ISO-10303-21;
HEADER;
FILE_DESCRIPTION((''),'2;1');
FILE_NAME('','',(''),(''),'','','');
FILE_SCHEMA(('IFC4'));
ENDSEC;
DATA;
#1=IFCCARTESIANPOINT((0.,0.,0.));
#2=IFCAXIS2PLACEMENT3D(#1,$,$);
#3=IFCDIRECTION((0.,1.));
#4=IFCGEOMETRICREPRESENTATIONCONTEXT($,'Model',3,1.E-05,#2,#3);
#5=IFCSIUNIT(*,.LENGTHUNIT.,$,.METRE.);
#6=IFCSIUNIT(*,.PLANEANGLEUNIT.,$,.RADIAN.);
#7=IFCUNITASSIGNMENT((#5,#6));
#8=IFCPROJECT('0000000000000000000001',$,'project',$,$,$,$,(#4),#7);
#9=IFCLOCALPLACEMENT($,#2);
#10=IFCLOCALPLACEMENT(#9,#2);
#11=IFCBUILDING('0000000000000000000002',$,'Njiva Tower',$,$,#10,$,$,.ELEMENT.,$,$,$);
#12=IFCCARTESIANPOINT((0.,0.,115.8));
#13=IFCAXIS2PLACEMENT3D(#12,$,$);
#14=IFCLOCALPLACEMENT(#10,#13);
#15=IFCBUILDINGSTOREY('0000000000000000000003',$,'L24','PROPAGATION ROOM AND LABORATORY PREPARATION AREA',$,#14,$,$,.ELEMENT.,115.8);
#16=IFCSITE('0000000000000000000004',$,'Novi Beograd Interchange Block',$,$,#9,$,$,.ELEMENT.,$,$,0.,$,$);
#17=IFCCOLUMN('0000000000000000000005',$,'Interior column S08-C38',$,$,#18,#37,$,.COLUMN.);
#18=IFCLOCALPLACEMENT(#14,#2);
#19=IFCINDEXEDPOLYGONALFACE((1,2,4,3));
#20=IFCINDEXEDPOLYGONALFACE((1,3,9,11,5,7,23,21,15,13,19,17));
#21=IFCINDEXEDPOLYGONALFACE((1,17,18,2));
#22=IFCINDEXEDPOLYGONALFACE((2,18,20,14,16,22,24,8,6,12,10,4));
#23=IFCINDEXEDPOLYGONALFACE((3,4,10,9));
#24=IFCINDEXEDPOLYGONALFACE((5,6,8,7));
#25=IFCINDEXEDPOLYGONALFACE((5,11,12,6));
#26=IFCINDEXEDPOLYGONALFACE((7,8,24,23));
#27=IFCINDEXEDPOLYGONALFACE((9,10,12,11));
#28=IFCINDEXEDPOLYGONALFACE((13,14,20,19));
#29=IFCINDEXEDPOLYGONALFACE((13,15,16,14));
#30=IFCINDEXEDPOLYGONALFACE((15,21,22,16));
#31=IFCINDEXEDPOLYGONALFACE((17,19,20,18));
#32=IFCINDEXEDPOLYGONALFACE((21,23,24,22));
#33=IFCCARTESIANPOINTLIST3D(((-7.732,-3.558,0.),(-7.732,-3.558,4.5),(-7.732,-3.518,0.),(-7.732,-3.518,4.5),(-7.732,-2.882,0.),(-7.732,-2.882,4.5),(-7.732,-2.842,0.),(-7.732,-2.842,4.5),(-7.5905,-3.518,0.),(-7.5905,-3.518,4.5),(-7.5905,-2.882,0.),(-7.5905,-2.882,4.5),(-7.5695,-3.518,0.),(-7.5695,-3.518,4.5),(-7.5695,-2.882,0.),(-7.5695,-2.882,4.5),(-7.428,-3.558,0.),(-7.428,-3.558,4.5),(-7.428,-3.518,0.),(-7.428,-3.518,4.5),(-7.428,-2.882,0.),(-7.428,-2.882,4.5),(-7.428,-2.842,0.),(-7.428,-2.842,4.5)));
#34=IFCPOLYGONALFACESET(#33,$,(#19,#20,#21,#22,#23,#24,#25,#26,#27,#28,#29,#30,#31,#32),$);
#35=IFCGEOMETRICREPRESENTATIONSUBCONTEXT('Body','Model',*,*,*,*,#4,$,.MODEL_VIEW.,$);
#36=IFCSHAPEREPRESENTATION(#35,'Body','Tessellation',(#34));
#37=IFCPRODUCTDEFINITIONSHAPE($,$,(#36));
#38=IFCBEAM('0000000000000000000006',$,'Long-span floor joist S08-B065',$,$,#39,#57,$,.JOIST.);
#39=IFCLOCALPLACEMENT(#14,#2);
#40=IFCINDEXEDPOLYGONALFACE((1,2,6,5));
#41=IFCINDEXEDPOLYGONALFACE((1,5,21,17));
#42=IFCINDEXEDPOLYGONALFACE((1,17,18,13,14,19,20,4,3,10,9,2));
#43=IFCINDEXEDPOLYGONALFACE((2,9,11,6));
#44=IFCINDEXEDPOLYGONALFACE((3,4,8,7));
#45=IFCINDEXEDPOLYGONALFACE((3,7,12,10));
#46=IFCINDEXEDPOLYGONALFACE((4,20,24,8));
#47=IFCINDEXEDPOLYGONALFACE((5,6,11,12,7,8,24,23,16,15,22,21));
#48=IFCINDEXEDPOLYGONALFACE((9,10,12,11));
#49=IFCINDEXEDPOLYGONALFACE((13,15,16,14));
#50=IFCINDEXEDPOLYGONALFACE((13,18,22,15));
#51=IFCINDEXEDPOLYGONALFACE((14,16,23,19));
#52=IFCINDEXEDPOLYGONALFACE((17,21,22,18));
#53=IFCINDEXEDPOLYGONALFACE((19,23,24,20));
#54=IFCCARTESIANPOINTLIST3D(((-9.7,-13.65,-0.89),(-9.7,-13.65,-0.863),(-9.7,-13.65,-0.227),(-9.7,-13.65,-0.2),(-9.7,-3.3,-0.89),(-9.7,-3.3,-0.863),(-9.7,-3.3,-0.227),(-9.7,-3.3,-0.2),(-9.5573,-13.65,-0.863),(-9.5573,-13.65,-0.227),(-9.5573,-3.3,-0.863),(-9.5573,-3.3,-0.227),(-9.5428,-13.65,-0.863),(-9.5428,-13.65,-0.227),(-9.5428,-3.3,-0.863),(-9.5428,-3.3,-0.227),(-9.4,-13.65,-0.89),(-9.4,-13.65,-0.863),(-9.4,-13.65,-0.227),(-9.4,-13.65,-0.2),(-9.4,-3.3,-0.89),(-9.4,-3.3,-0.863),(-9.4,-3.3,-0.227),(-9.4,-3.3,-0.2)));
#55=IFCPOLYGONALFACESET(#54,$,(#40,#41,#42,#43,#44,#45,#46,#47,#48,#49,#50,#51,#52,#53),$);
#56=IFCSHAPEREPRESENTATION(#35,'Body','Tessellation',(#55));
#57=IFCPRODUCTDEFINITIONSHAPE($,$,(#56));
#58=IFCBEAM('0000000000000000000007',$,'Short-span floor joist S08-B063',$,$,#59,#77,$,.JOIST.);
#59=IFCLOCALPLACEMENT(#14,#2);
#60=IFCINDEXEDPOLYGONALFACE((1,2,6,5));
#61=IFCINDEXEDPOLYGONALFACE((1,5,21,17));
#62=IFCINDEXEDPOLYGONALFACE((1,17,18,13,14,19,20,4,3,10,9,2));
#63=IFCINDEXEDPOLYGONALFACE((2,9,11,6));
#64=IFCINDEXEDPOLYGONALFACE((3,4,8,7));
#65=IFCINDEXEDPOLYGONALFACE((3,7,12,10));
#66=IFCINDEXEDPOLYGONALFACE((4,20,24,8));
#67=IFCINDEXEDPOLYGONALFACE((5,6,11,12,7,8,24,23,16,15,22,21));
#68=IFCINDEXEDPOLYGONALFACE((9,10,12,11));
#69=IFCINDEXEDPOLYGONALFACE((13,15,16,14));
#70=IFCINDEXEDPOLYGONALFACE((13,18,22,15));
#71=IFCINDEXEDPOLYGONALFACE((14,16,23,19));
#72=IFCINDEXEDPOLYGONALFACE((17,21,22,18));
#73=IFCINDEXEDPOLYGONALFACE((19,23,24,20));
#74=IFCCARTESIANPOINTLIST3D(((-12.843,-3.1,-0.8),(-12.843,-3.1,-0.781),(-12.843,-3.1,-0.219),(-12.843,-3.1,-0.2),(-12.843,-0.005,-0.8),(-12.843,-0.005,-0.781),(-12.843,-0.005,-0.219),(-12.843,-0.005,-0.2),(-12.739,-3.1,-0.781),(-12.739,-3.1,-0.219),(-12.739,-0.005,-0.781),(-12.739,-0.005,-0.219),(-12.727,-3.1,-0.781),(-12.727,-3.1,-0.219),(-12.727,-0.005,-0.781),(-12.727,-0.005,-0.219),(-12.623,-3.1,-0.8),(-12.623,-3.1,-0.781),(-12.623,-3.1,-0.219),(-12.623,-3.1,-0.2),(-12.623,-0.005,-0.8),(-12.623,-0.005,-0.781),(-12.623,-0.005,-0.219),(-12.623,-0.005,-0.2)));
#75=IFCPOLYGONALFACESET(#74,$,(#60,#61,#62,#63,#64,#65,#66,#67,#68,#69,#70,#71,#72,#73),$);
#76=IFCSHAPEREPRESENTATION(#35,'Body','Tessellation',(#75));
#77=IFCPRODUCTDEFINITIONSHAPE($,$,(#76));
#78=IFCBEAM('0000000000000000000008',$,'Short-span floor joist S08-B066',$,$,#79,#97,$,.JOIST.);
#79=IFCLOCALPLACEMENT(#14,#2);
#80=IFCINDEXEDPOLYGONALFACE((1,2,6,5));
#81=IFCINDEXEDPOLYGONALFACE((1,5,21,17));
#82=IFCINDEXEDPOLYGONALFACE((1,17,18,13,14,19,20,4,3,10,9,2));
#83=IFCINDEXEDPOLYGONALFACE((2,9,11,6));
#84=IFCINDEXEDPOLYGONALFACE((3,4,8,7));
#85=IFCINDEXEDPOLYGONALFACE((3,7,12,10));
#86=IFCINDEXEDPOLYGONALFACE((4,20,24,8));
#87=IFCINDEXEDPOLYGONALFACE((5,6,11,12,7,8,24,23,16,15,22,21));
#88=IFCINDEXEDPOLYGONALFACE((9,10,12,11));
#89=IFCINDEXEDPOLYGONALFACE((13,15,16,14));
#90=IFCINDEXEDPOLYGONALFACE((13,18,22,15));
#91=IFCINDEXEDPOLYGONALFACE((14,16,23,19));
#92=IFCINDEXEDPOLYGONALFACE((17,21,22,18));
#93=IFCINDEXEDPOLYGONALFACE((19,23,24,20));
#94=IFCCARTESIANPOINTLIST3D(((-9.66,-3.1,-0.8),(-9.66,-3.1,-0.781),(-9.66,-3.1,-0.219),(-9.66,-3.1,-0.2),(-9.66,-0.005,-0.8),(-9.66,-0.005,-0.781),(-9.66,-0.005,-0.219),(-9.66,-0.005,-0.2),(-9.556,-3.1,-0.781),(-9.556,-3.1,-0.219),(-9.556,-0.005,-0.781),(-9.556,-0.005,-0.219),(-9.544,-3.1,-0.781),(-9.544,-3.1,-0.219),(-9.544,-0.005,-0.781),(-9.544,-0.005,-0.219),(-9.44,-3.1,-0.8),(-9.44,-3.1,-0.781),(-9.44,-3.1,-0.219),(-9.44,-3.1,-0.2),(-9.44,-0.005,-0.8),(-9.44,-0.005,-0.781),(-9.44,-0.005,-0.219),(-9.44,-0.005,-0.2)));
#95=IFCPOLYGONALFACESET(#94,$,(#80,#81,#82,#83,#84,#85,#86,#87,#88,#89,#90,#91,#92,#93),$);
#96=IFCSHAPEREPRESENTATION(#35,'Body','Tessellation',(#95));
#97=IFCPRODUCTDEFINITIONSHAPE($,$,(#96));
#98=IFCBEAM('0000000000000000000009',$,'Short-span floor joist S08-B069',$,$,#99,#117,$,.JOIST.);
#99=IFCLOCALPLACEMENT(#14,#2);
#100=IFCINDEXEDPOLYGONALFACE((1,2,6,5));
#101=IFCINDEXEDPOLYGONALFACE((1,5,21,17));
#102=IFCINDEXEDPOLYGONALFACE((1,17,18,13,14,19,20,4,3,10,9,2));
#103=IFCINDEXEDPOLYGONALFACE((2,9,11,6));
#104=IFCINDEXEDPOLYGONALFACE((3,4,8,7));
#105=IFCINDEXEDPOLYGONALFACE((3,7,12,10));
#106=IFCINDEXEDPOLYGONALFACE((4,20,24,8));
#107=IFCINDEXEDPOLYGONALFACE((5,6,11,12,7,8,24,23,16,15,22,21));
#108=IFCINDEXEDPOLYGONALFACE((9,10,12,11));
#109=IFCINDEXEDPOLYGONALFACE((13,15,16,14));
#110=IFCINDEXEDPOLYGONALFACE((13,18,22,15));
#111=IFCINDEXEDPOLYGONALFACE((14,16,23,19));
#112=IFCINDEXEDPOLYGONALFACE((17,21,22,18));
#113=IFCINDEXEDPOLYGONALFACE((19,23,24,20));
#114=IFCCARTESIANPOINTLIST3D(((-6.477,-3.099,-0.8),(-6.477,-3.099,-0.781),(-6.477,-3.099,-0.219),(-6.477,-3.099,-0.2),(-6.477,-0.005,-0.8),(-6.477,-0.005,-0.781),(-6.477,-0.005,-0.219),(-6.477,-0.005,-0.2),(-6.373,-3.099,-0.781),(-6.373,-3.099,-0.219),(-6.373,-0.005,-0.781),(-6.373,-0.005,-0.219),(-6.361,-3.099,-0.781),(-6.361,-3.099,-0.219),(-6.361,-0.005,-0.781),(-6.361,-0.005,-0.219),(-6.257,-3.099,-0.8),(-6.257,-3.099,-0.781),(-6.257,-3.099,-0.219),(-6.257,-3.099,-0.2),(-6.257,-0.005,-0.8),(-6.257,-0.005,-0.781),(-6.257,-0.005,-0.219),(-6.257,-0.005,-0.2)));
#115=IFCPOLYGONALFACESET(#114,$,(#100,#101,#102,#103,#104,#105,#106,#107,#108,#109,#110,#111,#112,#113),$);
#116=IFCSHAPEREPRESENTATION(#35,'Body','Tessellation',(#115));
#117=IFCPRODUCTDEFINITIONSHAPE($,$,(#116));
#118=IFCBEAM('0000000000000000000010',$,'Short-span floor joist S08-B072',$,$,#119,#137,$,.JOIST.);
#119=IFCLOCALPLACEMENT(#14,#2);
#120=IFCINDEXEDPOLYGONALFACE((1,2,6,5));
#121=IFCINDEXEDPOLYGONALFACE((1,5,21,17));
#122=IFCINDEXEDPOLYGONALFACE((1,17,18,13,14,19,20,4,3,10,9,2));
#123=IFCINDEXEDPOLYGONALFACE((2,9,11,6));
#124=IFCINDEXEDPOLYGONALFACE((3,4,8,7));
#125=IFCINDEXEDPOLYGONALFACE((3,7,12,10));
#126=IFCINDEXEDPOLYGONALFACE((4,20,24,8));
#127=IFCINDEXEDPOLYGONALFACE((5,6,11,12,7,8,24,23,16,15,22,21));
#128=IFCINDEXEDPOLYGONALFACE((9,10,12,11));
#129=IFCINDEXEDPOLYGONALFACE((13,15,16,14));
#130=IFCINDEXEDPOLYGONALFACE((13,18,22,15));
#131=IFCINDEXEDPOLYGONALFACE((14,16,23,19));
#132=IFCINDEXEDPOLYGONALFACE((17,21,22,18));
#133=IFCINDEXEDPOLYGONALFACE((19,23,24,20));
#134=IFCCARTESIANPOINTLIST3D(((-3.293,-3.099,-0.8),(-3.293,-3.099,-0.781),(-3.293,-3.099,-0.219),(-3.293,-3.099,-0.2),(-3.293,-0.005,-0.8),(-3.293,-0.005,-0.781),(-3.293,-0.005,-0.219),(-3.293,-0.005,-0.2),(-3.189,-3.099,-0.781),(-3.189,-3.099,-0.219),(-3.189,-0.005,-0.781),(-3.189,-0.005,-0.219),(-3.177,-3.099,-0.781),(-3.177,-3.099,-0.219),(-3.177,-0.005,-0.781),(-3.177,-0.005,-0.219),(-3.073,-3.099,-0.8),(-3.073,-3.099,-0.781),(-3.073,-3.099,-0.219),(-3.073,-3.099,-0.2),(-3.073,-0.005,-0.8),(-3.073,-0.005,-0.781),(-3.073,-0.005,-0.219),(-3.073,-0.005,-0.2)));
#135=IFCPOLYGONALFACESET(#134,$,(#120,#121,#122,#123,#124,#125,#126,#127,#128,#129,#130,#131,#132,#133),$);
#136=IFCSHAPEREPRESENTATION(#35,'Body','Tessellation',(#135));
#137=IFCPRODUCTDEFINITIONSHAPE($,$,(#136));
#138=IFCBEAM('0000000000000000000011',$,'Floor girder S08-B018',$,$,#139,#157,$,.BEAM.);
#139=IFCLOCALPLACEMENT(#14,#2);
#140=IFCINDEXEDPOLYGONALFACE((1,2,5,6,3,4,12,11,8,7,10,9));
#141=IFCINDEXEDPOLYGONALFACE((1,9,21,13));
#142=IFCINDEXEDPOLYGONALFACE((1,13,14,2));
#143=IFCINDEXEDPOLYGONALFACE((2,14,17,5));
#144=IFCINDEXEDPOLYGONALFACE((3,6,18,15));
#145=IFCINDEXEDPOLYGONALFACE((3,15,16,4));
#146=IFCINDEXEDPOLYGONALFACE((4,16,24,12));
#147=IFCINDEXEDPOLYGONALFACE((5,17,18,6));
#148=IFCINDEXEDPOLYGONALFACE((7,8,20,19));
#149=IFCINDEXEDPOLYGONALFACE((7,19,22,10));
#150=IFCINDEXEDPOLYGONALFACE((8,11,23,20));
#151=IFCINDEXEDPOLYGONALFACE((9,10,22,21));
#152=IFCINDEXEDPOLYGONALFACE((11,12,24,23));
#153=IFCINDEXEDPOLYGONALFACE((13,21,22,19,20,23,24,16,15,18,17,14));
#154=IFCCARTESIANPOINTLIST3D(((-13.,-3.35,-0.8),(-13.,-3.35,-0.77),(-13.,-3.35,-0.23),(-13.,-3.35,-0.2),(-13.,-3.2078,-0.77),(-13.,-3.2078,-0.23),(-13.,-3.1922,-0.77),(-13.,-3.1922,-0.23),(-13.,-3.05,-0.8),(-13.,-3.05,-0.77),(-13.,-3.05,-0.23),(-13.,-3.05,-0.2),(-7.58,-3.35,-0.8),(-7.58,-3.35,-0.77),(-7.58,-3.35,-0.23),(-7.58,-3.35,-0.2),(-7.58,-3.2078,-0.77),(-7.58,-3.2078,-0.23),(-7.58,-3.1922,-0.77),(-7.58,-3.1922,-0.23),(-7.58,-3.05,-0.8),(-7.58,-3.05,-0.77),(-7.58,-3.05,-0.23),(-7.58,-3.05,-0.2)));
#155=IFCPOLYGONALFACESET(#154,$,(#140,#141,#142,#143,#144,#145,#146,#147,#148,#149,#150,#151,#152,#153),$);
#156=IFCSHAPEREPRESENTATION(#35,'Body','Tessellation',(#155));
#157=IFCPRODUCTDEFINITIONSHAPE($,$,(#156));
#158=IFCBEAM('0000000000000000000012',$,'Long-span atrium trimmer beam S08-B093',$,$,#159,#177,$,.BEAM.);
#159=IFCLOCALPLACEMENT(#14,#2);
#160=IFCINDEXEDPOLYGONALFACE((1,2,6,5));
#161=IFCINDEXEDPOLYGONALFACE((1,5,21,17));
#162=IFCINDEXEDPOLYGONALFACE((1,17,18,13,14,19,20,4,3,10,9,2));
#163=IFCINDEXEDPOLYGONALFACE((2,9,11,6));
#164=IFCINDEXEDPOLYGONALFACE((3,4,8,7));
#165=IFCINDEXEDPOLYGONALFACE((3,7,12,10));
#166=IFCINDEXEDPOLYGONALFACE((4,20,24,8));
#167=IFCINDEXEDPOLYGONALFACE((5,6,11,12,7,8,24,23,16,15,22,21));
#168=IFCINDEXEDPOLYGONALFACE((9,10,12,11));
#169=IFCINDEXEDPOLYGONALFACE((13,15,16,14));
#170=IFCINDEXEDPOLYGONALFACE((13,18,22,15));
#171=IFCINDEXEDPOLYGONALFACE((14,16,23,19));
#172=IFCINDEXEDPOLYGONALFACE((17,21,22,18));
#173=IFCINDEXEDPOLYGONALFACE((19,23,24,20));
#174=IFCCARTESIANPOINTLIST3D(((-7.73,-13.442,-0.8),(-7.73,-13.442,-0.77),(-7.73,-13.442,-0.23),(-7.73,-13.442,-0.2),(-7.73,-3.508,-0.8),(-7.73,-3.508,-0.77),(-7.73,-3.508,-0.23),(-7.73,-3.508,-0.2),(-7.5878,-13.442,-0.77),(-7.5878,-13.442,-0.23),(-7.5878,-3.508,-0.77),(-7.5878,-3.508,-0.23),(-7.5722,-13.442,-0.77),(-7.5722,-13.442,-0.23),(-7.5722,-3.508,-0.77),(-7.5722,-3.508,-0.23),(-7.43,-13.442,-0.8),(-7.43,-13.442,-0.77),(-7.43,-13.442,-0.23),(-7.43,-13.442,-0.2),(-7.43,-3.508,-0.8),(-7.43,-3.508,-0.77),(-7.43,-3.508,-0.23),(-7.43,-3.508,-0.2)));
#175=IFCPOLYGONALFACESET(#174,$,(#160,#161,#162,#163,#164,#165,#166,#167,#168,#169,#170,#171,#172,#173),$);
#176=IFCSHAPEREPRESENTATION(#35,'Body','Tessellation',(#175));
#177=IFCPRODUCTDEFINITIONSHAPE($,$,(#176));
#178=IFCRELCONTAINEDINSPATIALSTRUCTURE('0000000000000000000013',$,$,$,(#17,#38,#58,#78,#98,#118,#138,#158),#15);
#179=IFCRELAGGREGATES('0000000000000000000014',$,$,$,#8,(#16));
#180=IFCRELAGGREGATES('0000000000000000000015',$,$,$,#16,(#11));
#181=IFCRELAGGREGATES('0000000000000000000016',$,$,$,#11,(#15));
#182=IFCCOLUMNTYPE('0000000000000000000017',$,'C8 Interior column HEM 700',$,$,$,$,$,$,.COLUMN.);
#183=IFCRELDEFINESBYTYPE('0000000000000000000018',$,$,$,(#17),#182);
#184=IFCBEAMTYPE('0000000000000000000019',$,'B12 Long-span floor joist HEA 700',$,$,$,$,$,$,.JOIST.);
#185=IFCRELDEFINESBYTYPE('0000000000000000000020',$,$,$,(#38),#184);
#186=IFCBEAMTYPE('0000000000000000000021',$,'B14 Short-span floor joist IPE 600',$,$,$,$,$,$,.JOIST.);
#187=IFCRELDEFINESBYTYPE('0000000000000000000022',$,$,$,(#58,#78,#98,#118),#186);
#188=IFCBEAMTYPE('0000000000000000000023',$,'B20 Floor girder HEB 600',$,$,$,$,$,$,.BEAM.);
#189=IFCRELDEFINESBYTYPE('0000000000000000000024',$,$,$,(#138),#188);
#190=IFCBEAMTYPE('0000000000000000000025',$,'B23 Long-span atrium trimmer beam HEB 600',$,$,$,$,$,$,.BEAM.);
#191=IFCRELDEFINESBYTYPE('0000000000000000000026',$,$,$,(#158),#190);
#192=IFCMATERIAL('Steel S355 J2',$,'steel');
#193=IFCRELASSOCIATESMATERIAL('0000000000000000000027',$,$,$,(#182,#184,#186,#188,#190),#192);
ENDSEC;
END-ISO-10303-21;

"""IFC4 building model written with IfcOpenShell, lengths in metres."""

from ifc_helpers import new_model, si_unit, direction, frame, origin, origin_2d, place, context, subcontext, project, spatial, i_section, extrude, material, material_profile, profile_set, type_object, element, save


model = new_model("IFC4")

# Units and contexts
model_context = context("Model", 3, precision=1e-05, world=origin(), true_north=direction((0.0, 1.0)))
body_context = subcontext(model_context, "Body", "Model", "MODEL_VIEW")
ifc_project = project(units=[si_unit("LENGTHUNIT", "METRE"), si_unit("PLANEANGLEUNIT", "RADIAN")], contexts=[model_context])

# Site, building, storey
site_placement = place(None, origin())
site = spatial("IfcSite", under=ifc_project, at=site_placement, Name="Novi Beograd Interchange Block", CompositionType="ELEMENT", RefElevation=0.0)
building_placement = place(site_placement, origin())
building = spatial("IfcBuilding", under=site, at=building_placement, Name="Njiva Tower", CompositionType="ELEMENT")
storey_placement = place(building_placement, frame((0.0, 0.0, 115.8)))
storey = spatial("IfcBuildingStorey", under=building, at=storey_placement, Name="L24", Description="PROPAGATION ROOM AND LABORATORY PREPARATION AREA", CompositionType="ELEMENT", Elevation=115.8)

# Column
ifc_material_1 = material(Name="Steel S355 J2", Category="steel")
ifc_material_profile_1 = material_profile(ifc_material_1, i_section(OverallWidth=0.304, OverallDepth=0.716, WebThickness=0.021, FlangeThickness=0.04, at=origin_2d()), Name="HEM 700")
ifc_profile_set_1 = profile_set([ifc_material_profile_1], Name="Steel S355 J2")
column_type = type_object("IfcColumnType", Name="C8 Interior column HEM 700", PredefinedType="COLUMN", material=ifc_profile_set_1)
column_placement = place(storey_placement, frame((-7.58, -3.2, 0.0), z_axis=(0.0, 0.0, 1.0), x_axis=(1.0, 0.0, 0.0)))
element("IfcColumn", 1, at=column_placement, inside=storey, type_object=column_type, Name="Interior column S08-C38", PredefinedType="COLUMN", context=body_context, shape_type="SweptSolid", body=[
    extrude(i_section(OverallWidth=0.304, OverallDepth=0.716, WebThickness=0.021, FlangeThickness=0.04, at=origin_2d()), origin(), (0.0, 0.0, 1.0), 4.5),
])

# Beams
ifc_material_profile_2 = material_profile(ifc_material_1, i_section(OverallWidth=0.3, OverallDepth=0.69, WebThickness=0.0145, FlangeThickness=0.027, at=origin_2d()), Name="HEA 700")
ifc_profile_set_2 = profile_set([ifc_material_profile_2], Name="Steel S355 J2")
beam_type_1 = type_object("IfcBeamType", Name="B12 Long-span floor joist HEA 700", PredefinedType="JOIST", material=ifc_profile_set_2)
beam_1_placement = place(storey_placement, frame((-9.55, -3.3, -0.545), z_axis=(0.0, -1.0, 0.0), x_axis=(1.0, 0.0, 0.0)))
element("IfcBeam", 2, at=beam_1_placement, inside=storey, type_object=beam_type_1, Name="Long-span floor joist S08-B065", PredefinedType="JOIST", context=body_context, shape_type="SweptSolid", body=[
    extrude(i_section(OverallWidth=0.3, OverallDepth=0.69, WebThickness=0.0145, FlangeThickness=0.027, at=origin_2d()), origin(), (0.0, 0.0, 1.0), 10.35),
])
ifc_material_profile_3 = material_profile(ifc_material_1, i_section(OverallWidth=0.22, OverallDepth=0.6, WebThickness=0.012, FlangeThickness=0.019, at=origin_2d()), Name="IPE 600")
ifc_profile_set_3 = profile_set([ifc_material_profile_3], Name="Steel S355 J2")
beam_type_2 = type_object("IfcBeamType", Name="B14 Short-span floor joist IPE 600", PredefinedType="JOIST", material=ifc_profile_set_3)
for number, where, z_axis, x_axis, name in (
    (3, (-12.733, -0.005, -0.5), (0.0, -1.0, 0.0), (1.0, 0.0, 0.0), "Short-span floor joist S08-B063"),
    (4, (-9.55, -0.005, -0.5), (0.0, -1.0, 0.0), (1.0, 0.0, 0.0), "Short-span floor joist S08-B066"),
):
    element("IfcBeam", number, at=place(storey_placement, frame(where, z_axis=z_axis, x_axis=x_axis)), inside=storey, type_object=beam_type_2, Name=name, PredefinedType="JOIST", context=body_context, shape_type="SweptSolid", body=[
        extrude(i_section(OverallWidth=0.22, OverallDepth=0.6, WebThickness=0.012, FlangeThickness=0.019, at=origin_2d()), origin(), (0.0, 0.0, 1.0), 3.095),
    ])
for number, where, z_axis, x_axis, name in (
    (5, (-6.367, -0.005, -0.5), (0.0, -1.0, 0.0), (1.0, 0.0, 0.0), "Short-span floor joist S08-B069"),
    (6, (-3.183, -0.005, -0.5), (0.0, -1.0, 0.0), (1.0, 0.0, 0.0), "Short-span floor joist S08-B072"),
):
    element("IfcBeam", number, at=place(storey_placement, frame(where, z_axis=z_axis, x_axis=x_axis)), inside=storey, type_object=beam_type_2, Name=name, PredefinedType="JOIST", context=body_context, shape_type="SweptSolid", body=[
        extrude(i_section(OverallWidth=0.22, OverallDepth=0.6, WebThickness=0.012, FlangeThickness=0.019, at=origin_2d()), origin(), (0.0, 0.0, 1.0), 3.094),
    ])
ifc_material_profile_4 = material_profile(ifc_material_1, i_section(OverallWidth=0.3, OverallDepth=0.6, WebThickness=0.0155, FlangeThickness=0.03, at=origin_2d()), Name="HEB 600")
ifc_profile_set_4 = profile_set([ifc_material_profile_4], Name="Steel S355 J2")
beam_type_3 = type_object("IfcBeamType", Name="B20 Floor girder HEB 600", PredefinedType="BEAM", material=ifc_profile_set_4)
beam_2_placement = place(storey_placement, frame((-13.0, -3.2, -0.5), z_axis=(1.0, 0.0, 0.0), x_axis=(0.0, 1.0, 0.0)))
element("IfcBeam", 7, at=beam_2_placement, inside=storey, type_object=beam_type_3, Name="Floor girder S08-B018", PredefinedType="BEAM", context=body_context, shape_type="SweptSolid", body=[
    extrude(i_section(OverallWidth=0.3, OverallDepth=0.6, WebThickness=0.0155, FlangeThickness=0.03, at=origin_2d()), origin(), (0.0, 0.0, 1.0), 5.42),
])
ifc_material_profile_5 = material_profile(ifc_material_1, i_section(OverallWidth=0.3, OverallDepth=0.6, WebThickness=0.0155, FlangeThickness=0.03, at=origin_2d()), Name="HEB 600")
ifc_profile_set_5 = profile_set([ifc_material_profile_5], Name="Steel S355 J2")
beam_type_4 = type_object("IfcBeamType", Name="B23 Long-span atrium trimmer beam HEB 600", PredefinedType="BEAM", material=ifc_profile_set_5)
beam_3_placement = place(storey_placement, frame((-7.58, -3.508, -0.5), z_axis=(0.0, -1.0, 0.0), x_axis=(1.0, 0.0, 0.0)))
element("IfcBeam", 8, at=beam_3_placement, inside=storey, type_object=beam_type_4, Name="Long-span atrium trimmer beam S08-B093", PredefinedType="BEAM", context=body_context, shape_type="SweptSolid", body=[
    extrude(i_section(OverallWidth=0.3, OverallDepth=0.6, WebThickness=0.0155, FlangeThickness=0.03, at=origin_2d()), origin(), (0.0, 0.0, 1.0), 9.934),
])

save(model, "model.ifc")
